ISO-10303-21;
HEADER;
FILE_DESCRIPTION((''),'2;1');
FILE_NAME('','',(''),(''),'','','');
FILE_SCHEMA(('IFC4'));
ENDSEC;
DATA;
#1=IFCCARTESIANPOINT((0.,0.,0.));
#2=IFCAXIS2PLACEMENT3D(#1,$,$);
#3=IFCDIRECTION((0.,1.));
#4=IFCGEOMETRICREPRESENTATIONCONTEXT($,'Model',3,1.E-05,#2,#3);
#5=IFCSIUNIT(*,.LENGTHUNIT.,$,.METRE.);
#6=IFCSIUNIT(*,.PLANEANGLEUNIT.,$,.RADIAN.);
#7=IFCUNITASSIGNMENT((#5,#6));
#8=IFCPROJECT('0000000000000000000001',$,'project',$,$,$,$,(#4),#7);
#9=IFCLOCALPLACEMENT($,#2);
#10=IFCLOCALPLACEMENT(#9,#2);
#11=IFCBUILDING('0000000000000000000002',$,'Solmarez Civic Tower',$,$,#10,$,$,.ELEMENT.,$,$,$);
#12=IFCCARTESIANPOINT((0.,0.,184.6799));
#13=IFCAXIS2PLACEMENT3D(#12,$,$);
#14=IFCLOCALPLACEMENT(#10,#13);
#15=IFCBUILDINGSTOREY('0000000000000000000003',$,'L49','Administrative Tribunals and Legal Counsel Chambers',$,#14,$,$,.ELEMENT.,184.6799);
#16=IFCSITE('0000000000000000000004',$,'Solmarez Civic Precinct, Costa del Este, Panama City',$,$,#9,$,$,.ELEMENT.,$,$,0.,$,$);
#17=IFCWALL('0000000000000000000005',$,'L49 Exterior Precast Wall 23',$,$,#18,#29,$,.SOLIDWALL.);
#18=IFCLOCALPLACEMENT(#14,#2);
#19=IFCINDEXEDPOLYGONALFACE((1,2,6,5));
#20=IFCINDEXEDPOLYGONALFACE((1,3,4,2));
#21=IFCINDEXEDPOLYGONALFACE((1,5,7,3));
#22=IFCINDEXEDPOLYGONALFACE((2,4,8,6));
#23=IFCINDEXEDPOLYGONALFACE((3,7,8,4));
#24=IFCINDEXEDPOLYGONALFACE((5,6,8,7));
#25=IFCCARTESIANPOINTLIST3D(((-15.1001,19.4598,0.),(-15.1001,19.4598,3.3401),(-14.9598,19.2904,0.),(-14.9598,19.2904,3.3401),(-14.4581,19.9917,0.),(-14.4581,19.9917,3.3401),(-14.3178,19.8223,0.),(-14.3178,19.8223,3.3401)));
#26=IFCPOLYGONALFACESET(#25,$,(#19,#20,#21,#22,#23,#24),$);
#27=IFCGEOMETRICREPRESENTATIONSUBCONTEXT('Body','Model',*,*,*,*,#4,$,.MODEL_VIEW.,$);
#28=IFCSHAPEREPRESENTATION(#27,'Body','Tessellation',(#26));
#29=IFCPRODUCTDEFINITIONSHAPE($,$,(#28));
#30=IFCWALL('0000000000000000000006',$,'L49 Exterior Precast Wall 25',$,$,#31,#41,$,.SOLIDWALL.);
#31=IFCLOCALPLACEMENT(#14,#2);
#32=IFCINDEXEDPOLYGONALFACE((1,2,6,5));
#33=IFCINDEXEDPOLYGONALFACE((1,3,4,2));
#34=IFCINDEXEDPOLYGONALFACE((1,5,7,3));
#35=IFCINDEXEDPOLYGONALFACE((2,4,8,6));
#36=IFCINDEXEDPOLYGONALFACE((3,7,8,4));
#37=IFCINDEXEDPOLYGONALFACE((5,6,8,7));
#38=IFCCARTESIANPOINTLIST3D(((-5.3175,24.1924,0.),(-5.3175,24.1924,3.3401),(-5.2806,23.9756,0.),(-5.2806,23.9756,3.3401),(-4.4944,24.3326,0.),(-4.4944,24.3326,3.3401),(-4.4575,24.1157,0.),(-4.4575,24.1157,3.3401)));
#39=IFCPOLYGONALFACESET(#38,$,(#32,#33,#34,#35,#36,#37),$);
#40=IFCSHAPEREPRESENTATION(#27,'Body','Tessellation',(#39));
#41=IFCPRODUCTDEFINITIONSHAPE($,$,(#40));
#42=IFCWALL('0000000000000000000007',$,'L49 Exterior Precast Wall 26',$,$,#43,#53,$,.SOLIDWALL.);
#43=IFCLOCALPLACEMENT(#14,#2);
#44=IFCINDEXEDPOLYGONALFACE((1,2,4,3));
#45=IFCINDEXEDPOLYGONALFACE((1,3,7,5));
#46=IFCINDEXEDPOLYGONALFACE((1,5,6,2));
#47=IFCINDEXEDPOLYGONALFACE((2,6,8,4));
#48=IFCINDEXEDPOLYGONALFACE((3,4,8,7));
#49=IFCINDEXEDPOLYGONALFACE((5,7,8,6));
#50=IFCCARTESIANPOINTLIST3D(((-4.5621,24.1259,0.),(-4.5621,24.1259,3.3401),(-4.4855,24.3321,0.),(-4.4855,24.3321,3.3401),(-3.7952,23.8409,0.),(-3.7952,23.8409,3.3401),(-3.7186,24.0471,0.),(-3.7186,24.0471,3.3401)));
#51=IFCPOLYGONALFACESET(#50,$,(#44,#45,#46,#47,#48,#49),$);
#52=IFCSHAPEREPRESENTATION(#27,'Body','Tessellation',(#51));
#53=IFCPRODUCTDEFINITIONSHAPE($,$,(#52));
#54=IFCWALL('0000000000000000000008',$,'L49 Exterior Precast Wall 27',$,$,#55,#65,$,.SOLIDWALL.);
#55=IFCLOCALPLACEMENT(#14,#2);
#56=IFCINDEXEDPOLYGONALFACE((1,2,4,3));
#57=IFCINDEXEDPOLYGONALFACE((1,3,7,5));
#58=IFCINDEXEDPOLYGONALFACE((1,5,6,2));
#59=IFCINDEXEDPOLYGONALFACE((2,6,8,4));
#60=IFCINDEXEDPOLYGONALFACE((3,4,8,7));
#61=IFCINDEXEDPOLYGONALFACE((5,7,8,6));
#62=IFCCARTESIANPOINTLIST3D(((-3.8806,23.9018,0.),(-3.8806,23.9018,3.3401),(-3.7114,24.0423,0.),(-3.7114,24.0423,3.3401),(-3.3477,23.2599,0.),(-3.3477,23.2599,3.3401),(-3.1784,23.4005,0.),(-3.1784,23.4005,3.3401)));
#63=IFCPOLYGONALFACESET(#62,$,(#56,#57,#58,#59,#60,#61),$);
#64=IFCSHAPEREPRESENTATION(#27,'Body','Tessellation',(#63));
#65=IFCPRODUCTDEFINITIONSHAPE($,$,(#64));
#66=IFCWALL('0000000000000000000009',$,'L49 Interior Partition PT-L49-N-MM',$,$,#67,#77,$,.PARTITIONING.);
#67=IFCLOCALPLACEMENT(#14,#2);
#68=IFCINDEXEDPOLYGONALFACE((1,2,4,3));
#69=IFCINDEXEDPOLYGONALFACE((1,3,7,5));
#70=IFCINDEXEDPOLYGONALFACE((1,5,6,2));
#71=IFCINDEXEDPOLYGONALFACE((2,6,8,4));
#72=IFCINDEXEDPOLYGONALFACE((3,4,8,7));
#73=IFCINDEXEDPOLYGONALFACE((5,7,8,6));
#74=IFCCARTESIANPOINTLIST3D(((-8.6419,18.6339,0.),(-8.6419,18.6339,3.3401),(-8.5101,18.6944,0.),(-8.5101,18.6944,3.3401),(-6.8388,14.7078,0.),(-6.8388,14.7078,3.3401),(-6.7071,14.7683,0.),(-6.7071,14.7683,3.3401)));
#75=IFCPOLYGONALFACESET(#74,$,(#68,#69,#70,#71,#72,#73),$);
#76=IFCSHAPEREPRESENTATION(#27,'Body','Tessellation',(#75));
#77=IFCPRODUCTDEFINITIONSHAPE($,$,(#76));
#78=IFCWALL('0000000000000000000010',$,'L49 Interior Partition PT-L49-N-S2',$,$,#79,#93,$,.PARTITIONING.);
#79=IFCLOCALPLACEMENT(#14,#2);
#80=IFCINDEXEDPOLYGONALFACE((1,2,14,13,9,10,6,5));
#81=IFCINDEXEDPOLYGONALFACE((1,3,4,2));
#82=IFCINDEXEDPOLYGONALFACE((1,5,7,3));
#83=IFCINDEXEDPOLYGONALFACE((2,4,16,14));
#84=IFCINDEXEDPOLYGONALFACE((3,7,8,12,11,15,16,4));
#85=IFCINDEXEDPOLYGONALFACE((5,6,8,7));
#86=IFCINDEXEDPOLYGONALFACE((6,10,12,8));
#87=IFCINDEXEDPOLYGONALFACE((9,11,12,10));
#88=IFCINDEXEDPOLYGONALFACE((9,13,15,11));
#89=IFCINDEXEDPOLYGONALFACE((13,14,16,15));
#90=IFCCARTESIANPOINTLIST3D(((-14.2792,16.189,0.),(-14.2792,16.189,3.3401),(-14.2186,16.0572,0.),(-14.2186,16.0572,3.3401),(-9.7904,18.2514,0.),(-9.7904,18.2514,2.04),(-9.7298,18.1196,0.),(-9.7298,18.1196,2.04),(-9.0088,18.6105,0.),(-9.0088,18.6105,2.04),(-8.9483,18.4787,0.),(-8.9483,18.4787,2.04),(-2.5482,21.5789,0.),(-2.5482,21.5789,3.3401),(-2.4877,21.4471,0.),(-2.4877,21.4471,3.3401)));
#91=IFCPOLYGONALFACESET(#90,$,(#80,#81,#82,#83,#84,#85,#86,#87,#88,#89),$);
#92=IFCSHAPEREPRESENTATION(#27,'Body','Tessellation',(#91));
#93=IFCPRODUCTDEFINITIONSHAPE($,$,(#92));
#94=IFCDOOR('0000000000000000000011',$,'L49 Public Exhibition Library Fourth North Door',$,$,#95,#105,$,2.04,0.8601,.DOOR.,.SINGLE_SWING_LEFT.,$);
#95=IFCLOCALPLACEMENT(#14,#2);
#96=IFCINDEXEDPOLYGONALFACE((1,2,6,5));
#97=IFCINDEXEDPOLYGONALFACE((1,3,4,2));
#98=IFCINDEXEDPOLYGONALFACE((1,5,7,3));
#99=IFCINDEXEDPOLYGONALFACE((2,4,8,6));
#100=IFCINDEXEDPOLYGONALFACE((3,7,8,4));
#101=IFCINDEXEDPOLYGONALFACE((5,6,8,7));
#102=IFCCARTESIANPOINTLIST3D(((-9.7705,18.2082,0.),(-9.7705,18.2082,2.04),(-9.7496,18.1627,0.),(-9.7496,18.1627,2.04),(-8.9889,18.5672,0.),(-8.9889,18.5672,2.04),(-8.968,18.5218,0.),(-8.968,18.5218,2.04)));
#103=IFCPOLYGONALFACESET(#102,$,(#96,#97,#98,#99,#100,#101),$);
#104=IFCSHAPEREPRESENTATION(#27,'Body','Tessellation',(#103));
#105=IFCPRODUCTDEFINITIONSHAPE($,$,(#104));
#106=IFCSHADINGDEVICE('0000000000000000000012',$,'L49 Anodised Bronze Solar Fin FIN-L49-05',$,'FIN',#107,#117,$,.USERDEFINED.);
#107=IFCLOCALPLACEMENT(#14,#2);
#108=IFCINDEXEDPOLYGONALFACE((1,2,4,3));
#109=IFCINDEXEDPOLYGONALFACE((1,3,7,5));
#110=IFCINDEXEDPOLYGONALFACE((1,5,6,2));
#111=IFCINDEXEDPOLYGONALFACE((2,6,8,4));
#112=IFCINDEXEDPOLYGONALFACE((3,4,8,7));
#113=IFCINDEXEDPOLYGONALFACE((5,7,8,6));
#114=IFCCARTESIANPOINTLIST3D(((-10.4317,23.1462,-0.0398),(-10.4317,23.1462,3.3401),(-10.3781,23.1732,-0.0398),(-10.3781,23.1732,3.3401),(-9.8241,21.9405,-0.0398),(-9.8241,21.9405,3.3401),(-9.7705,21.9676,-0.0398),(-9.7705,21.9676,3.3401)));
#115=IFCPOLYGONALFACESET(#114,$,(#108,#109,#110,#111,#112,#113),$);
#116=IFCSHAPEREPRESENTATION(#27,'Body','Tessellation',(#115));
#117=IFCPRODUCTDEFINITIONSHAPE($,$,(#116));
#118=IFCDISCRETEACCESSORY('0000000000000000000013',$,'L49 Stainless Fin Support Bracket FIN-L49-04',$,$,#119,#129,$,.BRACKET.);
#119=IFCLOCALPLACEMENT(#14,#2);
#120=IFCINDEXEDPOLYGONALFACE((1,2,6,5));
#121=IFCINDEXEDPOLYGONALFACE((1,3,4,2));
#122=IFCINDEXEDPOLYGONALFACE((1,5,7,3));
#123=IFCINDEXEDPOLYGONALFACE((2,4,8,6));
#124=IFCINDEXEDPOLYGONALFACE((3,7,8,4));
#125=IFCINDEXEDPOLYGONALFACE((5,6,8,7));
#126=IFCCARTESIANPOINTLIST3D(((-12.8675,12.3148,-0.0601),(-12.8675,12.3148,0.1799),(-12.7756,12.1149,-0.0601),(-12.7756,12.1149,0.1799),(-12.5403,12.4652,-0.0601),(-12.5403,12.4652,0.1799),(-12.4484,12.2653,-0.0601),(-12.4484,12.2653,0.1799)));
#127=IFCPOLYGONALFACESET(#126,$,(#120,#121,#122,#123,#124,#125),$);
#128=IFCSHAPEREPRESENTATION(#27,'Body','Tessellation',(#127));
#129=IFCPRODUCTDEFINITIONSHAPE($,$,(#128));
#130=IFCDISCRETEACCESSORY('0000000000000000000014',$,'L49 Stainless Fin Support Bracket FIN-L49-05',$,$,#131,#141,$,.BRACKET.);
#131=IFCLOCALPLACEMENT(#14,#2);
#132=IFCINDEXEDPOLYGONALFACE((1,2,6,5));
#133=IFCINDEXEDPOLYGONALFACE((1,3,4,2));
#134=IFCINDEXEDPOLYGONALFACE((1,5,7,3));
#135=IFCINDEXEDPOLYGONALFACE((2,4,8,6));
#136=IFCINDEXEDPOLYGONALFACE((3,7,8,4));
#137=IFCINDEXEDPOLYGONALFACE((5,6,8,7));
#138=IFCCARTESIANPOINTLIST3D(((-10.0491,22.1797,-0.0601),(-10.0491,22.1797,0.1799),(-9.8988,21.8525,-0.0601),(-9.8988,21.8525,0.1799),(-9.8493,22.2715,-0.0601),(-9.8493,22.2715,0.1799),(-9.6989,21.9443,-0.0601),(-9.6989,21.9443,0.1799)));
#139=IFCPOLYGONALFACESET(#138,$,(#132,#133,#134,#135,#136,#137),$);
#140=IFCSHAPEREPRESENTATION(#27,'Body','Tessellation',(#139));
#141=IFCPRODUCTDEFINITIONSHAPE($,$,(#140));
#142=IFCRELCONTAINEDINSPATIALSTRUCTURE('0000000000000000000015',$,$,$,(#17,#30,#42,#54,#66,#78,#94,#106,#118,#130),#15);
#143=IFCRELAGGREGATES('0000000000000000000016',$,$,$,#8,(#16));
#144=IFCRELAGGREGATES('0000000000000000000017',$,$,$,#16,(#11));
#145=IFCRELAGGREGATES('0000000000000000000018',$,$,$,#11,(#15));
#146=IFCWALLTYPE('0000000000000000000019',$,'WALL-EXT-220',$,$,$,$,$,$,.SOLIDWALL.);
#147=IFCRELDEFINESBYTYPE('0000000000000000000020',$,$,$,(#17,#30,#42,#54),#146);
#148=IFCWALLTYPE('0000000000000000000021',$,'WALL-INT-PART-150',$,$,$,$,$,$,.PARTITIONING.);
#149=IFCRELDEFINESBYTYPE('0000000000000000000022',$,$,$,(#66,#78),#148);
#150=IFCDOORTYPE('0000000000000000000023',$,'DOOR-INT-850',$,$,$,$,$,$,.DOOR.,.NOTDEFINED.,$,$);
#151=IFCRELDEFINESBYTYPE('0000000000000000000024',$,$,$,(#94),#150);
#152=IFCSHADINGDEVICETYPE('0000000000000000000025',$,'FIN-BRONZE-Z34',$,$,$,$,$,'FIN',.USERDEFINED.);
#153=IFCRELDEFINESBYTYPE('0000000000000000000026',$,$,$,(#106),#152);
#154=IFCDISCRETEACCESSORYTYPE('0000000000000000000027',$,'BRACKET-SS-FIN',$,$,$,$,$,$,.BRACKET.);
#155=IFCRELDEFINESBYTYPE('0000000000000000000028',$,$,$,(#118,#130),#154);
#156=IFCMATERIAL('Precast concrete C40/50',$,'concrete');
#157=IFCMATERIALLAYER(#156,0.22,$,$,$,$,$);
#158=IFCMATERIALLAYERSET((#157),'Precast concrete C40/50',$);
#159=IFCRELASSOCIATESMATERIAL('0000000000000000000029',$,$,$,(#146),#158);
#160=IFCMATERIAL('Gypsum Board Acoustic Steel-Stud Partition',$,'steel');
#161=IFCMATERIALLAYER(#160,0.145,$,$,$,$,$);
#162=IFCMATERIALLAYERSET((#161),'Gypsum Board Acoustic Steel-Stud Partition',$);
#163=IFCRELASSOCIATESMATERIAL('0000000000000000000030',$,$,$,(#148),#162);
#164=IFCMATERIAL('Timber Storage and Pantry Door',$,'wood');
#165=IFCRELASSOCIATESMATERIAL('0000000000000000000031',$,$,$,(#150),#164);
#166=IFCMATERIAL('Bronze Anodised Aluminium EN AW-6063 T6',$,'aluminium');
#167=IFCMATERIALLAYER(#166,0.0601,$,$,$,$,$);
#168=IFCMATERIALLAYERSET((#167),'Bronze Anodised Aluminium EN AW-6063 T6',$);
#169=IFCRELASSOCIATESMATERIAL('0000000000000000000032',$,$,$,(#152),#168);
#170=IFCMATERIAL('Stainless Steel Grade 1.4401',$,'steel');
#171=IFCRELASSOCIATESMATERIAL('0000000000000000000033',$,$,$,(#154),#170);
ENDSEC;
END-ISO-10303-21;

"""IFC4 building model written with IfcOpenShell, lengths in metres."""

from ifc_helpers import new_model, si_unit, direction, frame, frame_2d, origin, origin_2d, place, context, subcontext, project, spatial, rectangle, extrude, material, layer, layer_set, type_object, element, fill, save


model = new_model("IFC4")

# Units and contexts
model_context = context("Model", 3, precision=1e-05, world=origin(), true_north=direction((0.0, 1.0)))
body_context = subcontext(model_context, "Body", "Model", "MODEL_VIEW")
ifc_project = project(units=[si_unit("LENGTHUNIT", "METRE"), si_unit("PLANEANGLEUNIT", "RADIAN")], contexts=[model_context])

# Site, building, storey
site_placement = place(None, origin())
site = spatial("IfcSite", under=ifc_project, at=site_placement, Name="Solmarez Civic Precinct, Costa del Este, Panama City", CompositionType="ELEMENT", RefElevation=0.0)
building_placement = place(site_placement, origin())
building = spatial("IfcBuilding", under=site, at=building_placement, Name="Solmarez Civic Tower", CompositionType="ELEMENT")
storey_placement = place(building_placement, frame((0.0, 0.0, 184.6799)))
storey = spatial("IfcBuildingStorey", under=building, at=storey_placement, Name="L49", Description="Administrative Tribunals and Legal Counsel Chambers", CompositionType="ELEMENT", Elevation=184.6799)

# Shared definitions
ifc_material_1 = material(Name="Bronze Anodised Aluminium EN AW-6063 T6", Category="aluminium")

# Walls
ifc_material_2 = material(Name="Precast concrete C40/50", Category="concrete")
ifc_layer_1 = layer(ifc_material_2, 0.22)
ifc_layer_set_1 = layer_set([ifc_layer_1], Name="Precast concrete C40/50")
wall_type_1 = type_object("IfcWallType", Name="WALL-EXT-220", PredefinedType="SOLIDWALL", material=ifc_layer_set_1)
wall_1_placement = place(storey_placement, frame((-15.03, 19.375, 0.0), z_axis=(0.0, 0.0, 1.0), x_axis=(0.770042, 0.637993, 0.0)))
element("IfcWall", 1, at=wall_1_placement, inside=storey, type_object=wall_type_1, Name="L49 Exterior Precast Wall 23", PredefinedType="SOLIDWALL", context=body_context, shape_type="SweptSolid", body=[
    extrude(rectangle(XDim=0.8337, YDim=0.22, at=frame_2d((0.417, 0.0))), origin(), (0.0, 0.0, 1.0), 3.3401),
])
wall_2_placement = place(storey_placement, frame((-5.2991, 24.084, 0.0), z_axis=(0.0, 0.0, 1.0), x_axis=(0.985811, 0.16786, 0.0)))
element("IfcWall", 2, at=wall_2_placement, inside=storey, type_object=wall_type_1, Name="L49 Exterior Precast Wall 25", PredefinedType="SOLIDWALL", context=body_context, shape_type="SweptSolid", body=[
    extrude(rectangle(XDim=0.835, YDim=0.22, at=frame_2d((0.4175, 0.0))), origin(), (0.0, 0.0, 1.0), 3.3401),
])
wall_3_placement = place(storey_placement, frame((-4.5239, 24.229, 0.0), z_axis=(0.0, 0.0, 1.0), x_axis=(0.937392, -0.348276, 0.0)))
element("IfcWall", 3, at=wall_3_placement, inside=storey, type_object=wall_type_1, Name="L49 Exterior Precast Wall 26", PredefinedType="SOLIDWALL", context=body_context, shape_type="SweptSolid", body=[
    extrude(rectangle(XDim=0.8181, YDim=0.22, at=frame_2d((0.4092, 0.0))), origin(), (0.0, 0.0, 1.0), 3.3401),
])
wall_4_placement = place(storey_placement, frame((-3.7959, 23.9719, 0.0), z_axis=(0.0, 0.0, 1.0), x_axis=(0.638831, -0.769347, 0.0)))
element("IfcWall", 4, at=wall_4_placement, inside=storey, type_object=wall_type_1, Name="L49 Exterior Precast Wall 27", PredefinedType="SOLIDWALL", context=body_context, shape_type="SweptSolid", body=[
    extrude(rectangle(XDim=0.8342, YDim=0.22, at=frame_2d((0.417, 0.0))), origin(), (0.0, 0.0, 1.0), 3.3401),
])
ifc_material_3 = material(Name="Gypsum Board Acoustic Steel-Stud Partition", Category="steel")
ifc_layer_2 = layer(ifc_material_3, 0.145)
ifc_layer_set_2 = layer_set([ifc_layer_2], Name="Gypsum Board Acoustic Steel-Stud Partition")
wall_type_2 = type_object("IfcWallType", Name="WALL-INT-PART-150", PredefinedType="PARTITIONING", material=ifc_layer_set_2)
wall_5_placement = place(storey_placement, frame((-6.7729, 14.738, 0.0), z_axis=(0.0, 0.0, 1.0), x_axis=(-0.417334, 0.908753, 0.0)))
element("IfcWall", 5, at=wall_5_placement, inside=storey, type_object=wall_type_2, Name="L49 Interior Partition PT-L49-N-MM", PredefinedType="PARTITIONING", context=body_context, shape_type="SweptSolid", body=[
    extrude(rectangle(XDim=4.3203, YDim=0.145, at=frame_2d((2.1602, 0.0))), origin(), (0.0, 0.0, 1.0), 3.3401),
])

# Wall, opening, door
wall_6_placement = place(storey_placement, frame((-14.249, 16.123, 0.0), z_axis=(0.0, 0.0, 1.0), x_axis=(0.908677, 0.4175, 0.0)))
wall_6 = element("IfcWall", 6, at=wall_6_placement, inside=storey, type_object=wall_type_2, Name="L49 Interior Partition PT-L49-N-S2", PredefinedType="PARTITIONING", context=body_context, shape_type="SweptSolid", body=[
    extrude(rectangle(XDim=12.9099, YDim=0.145, at=frame_2d((6.4551, 0.0))), origin(), (0.0, 0.0, 1.0), 3.3401),
])
opening_placement = place(wall_6_placement, frame((4.9399, 0.0, 0.0)))
opening = element("IfcOpeningElement", 7, at=opening_placement, cuts=wall_6, PredefinedType="OPENING", context=body_context, shape_type="SweptSolid", body=[
    extrude(rectangle(XDim=0.8601, YDim=2.04, at=frame_2d((0.4302, 1.02))), frame((0.0, 0.0825, 0.0), z_axis=(0.0, -1.0, 0.0), x_axis=(1.0, 0.0, 0.0)), (0.0, 0.0, 1.0), 0.165),
])
ifc_material_4 = material(Name="Timber Storage and Pantry Door", Category="wood")
door_type = type_object("IfcDoorType", Name="DOOR-INT-850", OperationType="NOTDEFINED", PredefinedType="DOOR", material=ifc_material_4)
door_placement = place(opening_placement, origin())
door = element("IfcDoor", 8, at=door_placement, inside=storey, type_object=door_type, Name="L49 Public Exhibition Library Fourth North Door", OperationType="SINGLE_SWING_LEFT", OverallHeight=2.04, OverallWidth=0.8601, PredefinedType="DOOR", context=body_context, shape_type="SweptSolid", body=[
    extrude(rectangle(XDim=0.8601, YDim=2.04, at=frame_2d((0.4302, 1.02))), frame((0.0, 0.0249, 0.0), z_axis=(0.0, -1.0, 0.0), x_axis=(1.0, 0.0, 0.0)), (0.0, 0.0, 1.0), 0.05),
])
fill(opening, door)

# Shading device
ifc_layer_3 = layer(ifc_material_1, 0.0601)
ifc_layer_set_3 = layer_set([ifc_layer_3], Name="Bronze Anodised Aluminium EN AW-6063 T6")
shading_device_type = type_object("IfcShadingDeviceType", Name="FIN-BRONZE-Z34", ElementType="FIN", PredefinedType="USERDEFINED", material=ifc_layer_set_3)
shading_device_placement = place(storey_placement, frame((-10.1011, 22.5569, -0.0398), z_axis=(0.0, 0.0, 1.0), x_axis=(-0.450036, 0.89301, 0.0)))
element("IfcShadingDevice", 9, at=shading_device_placement, inside=storey, type_object=shading_device_type, Name="L49 Anodised Bronze Solar Fin FIN-L49-05", ObjectType="FIN", PredefinedType="USERDEFINED", context=body_context, shape_type="SweptSolid", body=[
    extrude(rectangle(XDim=1.3501, YDim=0.0601, at=origin_2d()), origin(), (0.0, 0.0, 1.0), 3.3799),
])

# Discrete accessories
ifc_material_5 = material(Name="Stainless Steel Grade 1.4401", Category="steel")
discrete_accessory_type = type_object("IfcDiscreteAccessoryType", Name="BRACKET-SS-FIN", PredefinedType="BRACKET", material=ifc_material_5)
for number, where, z_axis, x_axis, name in (
    (10, (-12.658, 12.29, -0.0601), (0.0, 0.0, 1.0), (-0.908652, -0.417555, 0.0), "L49 Stainless Fin Support Bracket FIN-L49-04"),
    (11, (-9.874, 22.062, -0.0601), (0.0, 0.0, 1.0), (-0.417562, 0.908648, 0.0), "L49 Stainless Fin Support Bracket FIN-L49-05"),
):
    element("IfcDiscreteAccessory", number, at=place(storey_placement, frame(where, z_axis=z_axis, x_axis=x_axis)), inside=storey, type_object=discrete_accessory_type, Name=name, PredefinedType="BRACKET", context=body_context, shape_type="SweptSolid", body=[
        extrude(rectangle(XDim=0.3601, YDim=0.22, at=origin_2d()), origin(), (0.0, 0.0, 1.0), 0.24),
    ])

save(model, "model.ifc")
